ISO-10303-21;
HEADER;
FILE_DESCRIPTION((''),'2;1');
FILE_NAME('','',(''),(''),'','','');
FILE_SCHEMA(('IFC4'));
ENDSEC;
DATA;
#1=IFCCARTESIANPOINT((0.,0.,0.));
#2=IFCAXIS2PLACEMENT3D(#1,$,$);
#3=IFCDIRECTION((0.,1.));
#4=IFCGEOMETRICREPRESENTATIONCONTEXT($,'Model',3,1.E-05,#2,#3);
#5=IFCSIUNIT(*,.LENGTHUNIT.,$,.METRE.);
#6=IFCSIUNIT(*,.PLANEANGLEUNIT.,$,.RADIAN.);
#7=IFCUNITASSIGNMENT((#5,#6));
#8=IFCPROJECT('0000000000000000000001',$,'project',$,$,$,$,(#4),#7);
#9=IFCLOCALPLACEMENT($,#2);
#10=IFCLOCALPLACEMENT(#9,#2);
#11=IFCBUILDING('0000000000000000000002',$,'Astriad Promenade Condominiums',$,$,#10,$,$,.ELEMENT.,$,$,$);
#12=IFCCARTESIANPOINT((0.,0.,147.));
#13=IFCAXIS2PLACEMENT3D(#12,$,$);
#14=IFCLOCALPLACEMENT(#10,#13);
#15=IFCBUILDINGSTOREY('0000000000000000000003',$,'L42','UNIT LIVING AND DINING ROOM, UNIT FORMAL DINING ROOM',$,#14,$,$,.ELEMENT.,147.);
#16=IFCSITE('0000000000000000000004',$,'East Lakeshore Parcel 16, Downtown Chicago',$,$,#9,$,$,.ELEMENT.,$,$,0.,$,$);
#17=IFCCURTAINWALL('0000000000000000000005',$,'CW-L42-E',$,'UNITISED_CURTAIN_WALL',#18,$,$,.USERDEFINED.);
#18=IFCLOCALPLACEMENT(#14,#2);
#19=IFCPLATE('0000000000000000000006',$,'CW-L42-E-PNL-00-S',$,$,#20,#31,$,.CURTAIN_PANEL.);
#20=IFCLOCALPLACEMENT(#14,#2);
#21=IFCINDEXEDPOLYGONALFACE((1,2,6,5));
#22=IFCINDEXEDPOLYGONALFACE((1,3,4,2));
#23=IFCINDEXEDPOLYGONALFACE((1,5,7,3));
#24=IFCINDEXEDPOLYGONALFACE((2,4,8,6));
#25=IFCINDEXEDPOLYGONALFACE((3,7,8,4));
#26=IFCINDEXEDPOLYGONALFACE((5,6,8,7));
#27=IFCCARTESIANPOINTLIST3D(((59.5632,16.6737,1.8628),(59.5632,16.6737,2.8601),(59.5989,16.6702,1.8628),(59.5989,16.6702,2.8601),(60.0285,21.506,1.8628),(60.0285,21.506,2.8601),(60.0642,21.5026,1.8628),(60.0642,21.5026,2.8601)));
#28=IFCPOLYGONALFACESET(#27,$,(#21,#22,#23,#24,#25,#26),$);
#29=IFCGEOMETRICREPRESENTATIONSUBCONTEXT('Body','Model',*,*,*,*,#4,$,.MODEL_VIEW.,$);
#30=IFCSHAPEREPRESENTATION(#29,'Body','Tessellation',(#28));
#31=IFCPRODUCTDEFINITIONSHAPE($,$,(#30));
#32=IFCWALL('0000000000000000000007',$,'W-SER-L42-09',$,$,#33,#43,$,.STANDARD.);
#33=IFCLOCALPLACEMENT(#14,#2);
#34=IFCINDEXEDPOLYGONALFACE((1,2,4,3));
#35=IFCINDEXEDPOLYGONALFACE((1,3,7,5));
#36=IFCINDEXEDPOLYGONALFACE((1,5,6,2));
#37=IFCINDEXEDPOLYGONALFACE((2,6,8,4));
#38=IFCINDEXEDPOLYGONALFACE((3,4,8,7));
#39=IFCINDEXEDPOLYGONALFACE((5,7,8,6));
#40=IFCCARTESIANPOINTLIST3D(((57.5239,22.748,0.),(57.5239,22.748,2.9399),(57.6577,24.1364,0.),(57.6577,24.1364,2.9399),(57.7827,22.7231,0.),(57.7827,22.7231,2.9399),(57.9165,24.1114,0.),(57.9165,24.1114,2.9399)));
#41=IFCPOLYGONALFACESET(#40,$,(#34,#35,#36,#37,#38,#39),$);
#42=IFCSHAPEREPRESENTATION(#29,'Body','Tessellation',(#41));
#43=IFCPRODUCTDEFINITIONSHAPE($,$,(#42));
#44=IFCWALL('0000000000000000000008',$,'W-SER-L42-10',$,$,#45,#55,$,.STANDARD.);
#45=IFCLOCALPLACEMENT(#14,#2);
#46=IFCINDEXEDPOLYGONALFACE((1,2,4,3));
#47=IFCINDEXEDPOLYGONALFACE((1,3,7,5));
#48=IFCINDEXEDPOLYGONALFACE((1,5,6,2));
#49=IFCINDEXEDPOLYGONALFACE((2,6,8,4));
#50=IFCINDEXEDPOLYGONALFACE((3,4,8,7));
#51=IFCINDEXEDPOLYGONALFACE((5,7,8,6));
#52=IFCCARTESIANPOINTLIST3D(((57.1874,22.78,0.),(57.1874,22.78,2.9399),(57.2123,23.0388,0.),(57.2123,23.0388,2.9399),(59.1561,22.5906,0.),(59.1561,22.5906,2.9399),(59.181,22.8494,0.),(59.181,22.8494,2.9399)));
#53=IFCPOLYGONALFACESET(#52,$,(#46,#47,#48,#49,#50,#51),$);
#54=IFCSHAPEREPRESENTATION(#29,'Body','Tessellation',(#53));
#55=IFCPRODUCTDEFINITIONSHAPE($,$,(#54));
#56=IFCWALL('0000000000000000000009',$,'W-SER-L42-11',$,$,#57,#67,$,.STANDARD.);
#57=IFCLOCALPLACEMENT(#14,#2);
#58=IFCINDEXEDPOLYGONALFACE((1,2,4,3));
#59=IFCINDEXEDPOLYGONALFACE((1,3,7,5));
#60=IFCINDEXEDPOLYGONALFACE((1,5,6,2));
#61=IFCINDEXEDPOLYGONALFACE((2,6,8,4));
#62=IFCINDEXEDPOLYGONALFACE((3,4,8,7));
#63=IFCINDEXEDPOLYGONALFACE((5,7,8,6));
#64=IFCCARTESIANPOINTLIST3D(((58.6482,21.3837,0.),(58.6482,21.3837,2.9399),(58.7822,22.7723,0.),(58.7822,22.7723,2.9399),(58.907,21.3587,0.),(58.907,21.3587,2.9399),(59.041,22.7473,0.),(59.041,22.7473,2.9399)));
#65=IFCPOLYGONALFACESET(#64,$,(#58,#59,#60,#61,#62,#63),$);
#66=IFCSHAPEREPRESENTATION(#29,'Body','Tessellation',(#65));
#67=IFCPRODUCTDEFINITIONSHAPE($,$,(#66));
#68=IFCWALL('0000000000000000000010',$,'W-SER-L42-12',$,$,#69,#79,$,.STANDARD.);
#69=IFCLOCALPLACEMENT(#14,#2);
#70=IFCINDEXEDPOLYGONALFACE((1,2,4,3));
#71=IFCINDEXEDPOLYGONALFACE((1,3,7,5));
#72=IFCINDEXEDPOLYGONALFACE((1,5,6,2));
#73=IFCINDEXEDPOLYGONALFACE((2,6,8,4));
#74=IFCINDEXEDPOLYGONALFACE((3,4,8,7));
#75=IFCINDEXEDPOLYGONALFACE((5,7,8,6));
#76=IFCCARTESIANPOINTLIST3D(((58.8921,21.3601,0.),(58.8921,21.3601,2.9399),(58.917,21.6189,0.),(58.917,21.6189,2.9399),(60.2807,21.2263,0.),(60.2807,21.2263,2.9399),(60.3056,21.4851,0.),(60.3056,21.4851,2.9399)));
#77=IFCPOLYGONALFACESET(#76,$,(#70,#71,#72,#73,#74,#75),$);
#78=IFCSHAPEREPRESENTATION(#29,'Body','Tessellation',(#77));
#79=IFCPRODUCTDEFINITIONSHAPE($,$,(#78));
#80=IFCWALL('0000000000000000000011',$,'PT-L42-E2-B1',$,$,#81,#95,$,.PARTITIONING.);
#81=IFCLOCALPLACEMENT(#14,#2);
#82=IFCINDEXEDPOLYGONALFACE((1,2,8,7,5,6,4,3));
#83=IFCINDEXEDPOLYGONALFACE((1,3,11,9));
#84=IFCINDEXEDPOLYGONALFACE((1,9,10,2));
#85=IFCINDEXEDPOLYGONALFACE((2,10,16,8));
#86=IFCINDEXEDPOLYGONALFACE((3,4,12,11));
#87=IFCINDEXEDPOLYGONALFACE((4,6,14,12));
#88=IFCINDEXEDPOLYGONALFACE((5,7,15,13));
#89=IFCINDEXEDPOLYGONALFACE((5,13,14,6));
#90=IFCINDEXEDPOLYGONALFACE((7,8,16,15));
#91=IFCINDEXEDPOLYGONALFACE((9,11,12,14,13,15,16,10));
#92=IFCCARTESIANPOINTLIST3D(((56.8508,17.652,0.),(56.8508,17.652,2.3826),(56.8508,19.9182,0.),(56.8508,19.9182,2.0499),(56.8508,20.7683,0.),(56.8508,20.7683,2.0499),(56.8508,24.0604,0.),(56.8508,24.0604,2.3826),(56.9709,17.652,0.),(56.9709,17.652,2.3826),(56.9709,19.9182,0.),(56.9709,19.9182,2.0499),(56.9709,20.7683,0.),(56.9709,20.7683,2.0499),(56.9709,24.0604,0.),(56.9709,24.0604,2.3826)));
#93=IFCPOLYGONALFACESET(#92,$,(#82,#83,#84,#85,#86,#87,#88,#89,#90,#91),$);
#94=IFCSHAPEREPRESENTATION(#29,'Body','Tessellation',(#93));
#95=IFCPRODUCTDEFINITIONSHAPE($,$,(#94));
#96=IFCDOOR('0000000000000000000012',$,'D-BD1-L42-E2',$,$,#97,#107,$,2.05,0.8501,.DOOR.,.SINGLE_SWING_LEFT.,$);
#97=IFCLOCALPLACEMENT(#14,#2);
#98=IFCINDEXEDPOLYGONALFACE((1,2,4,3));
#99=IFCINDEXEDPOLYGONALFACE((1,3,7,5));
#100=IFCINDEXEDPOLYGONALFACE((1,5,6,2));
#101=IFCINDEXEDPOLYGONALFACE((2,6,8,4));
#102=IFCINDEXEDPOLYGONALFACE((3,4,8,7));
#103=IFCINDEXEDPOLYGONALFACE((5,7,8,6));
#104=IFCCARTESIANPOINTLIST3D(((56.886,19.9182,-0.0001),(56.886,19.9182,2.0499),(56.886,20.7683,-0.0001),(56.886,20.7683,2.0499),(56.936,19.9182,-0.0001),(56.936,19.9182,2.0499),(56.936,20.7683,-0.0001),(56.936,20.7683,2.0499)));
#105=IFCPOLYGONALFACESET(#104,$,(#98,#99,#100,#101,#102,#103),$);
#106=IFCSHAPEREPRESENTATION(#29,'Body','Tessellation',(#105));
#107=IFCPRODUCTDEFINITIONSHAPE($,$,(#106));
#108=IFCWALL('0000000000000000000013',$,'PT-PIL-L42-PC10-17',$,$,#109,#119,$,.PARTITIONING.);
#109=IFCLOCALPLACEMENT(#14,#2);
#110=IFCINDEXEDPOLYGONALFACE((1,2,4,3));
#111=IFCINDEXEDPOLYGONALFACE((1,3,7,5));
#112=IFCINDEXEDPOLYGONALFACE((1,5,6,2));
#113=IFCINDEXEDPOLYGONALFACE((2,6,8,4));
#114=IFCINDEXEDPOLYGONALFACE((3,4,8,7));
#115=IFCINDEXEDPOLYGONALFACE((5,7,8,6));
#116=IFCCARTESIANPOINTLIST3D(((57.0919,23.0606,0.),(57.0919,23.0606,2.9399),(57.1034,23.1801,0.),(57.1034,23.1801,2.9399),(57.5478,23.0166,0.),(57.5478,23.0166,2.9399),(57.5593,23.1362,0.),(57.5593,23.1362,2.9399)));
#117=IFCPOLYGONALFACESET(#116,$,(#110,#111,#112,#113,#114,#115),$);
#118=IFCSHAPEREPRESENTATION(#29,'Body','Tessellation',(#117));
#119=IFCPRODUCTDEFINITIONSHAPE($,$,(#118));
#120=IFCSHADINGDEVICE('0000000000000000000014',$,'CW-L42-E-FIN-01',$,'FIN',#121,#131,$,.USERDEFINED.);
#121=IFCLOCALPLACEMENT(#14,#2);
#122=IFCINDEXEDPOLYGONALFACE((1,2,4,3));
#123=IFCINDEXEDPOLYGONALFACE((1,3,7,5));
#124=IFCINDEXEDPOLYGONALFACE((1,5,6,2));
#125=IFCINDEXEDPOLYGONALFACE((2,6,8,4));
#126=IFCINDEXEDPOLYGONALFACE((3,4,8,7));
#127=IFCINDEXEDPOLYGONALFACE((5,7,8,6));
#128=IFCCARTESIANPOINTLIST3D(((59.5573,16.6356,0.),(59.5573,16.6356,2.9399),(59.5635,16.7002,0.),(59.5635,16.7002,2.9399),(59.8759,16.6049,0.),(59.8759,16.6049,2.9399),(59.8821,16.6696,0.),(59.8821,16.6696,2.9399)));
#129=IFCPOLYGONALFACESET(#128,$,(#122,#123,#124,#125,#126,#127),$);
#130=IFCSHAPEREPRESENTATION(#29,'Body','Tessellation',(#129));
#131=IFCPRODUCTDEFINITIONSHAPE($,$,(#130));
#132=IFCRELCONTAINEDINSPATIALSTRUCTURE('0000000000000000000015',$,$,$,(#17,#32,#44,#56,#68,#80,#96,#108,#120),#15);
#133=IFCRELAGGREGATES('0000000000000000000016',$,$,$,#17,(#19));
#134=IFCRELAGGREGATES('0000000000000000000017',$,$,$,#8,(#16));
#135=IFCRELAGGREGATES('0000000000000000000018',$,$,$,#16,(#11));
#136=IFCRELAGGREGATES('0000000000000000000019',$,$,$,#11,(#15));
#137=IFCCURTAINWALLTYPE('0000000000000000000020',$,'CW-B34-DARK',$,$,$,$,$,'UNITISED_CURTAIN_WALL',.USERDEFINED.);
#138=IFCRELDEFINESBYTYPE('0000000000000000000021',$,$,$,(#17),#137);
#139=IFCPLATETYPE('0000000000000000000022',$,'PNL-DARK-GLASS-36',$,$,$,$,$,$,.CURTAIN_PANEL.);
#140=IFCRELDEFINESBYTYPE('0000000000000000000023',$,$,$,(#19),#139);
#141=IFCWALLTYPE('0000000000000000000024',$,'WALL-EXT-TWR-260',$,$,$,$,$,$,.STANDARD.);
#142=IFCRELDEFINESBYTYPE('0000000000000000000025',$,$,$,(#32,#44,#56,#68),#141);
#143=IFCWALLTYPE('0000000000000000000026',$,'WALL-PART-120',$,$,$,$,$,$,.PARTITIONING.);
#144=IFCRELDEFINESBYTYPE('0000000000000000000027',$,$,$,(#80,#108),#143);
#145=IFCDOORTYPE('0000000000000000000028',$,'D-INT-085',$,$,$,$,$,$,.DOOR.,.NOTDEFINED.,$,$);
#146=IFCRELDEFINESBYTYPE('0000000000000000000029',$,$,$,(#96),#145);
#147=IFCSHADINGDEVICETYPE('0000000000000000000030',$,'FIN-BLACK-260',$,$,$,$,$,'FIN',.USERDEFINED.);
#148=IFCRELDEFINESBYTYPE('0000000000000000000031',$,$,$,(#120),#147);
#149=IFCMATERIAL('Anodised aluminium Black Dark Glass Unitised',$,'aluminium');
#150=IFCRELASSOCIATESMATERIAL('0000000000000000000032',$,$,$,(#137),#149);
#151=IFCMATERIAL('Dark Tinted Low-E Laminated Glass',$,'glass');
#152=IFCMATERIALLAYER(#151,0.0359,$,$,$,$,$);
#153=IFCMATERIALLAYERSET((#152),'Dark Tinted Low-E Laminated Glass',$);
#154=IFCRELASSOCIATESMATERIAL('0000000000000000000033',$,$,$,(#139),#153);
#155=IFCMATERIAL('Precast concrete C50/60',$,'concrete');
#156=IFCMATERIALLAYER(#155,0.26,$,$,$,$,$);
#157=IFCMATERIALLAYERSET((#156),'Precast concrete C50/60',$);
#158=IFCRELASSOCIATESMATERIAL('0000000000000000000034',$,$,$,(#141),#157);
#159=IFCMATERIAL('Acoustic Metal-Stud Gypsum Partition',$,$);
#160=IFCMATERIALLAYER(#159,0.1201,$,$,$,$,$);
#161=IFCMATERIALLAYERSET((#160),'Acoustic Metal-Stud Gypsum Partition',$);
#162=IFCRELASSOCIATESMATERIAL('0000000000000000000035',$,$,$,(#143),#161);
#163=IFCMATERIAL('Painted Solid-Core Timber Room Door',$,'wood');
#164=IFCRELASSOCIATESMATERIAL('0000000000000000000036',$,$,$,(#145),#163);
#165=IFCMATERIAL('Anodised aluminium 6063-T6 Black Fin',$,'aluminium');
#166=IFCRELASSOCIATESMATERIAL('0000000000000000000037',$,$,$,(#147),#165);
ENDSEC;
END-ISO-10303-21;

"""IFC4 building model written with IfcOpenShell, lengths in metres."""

from ifc_helpers import new_model, si_unit, direction, frame, frame_2d, origin, origin_2d, place, context, subcontext, project, spatial, rectangle, extrude, source, transform, mapped, material, layer, layer_set, type_object, type_shapes, element, fill, aggregate, save


model = new_model("IFC4")

# Units and contexts
model_context = context("Model", 3, precision=1e-05, world=origin(), true_north=direction((0.0, 1.0)))
body_context = subcontext(model_context, "Body", "Model", "MODEL_VIEW")
ifc_project = project(units=[si_unit("LENGTHUNIT", "METRE"), si_unit("PLANEANGLEUNIT", "RADIAN")], contexts=[model_context])

# Site, building, storey
site_placement = place(None, origin())
site = spatial("IfcSite", under=ifc_project, at=site_placement, Name="East Lakeshore Parcel 16, Downtown Chicago", CompositionType="ELEMENT", RefElevation=0.0)
building_placement = place(site_placement, origin())
building = spatial("IfcBuilding", under=site, at=building_placement, Name="Astriad Promenade Condominiums", CompositionType="ELEMENT")
storey_placement = place(building_placement, frame((0.0, 0.0, 147.0)))
storey = spatial("IfcBuildingStorey", under=building, at=storey_placement, Name="L42", Description="UNIT LIVING AND DINING ROOM, UNIT FORMAL DINING ROOM", CompositionType="ELEMENT", Elevation=147.0)

# Curtain wall, plate
ifc_material_1 = material(Name="Anodised aluminium Black Dark Glass Unitised", Category="aluminium")
curtain_wall_type = type_object("IfcCurtainWallType", Name="CW-B34-DARK", ElementType="UNITISED_CURTAIN_WALL", PredefinedType="USERDEFINED", material=ifc_material_1)
curtain_wall_placement = place(storey_placement, origin())
curtain_wall = element("IfcCurtainWall", 1, at=curtain_wall_placement, inside=storey, type_object=curtain_wall_type, Name="CW-L42-E", ObjectType="UNITISED_CURTAIN_WALL", PredefinedType="USERDEFINED")
ifc_material_2 = material(Name="Dark Tinted Low-E Laminated Glass", Category="glass")
ifc_layer_1 = layer(ifc_material_2, 0.0359)
ifc_layer_set_1 = layer_set([ifc_layer_1], Name="Dark Tinted Low-E Laminated Glass")
plate_type = type_object("IfcPlateType", Name="PNL-DARK-GLASS-36", PredefinedType="CURTAIN_PANEL", material=ifc_layer_set_1)
shared_shape_1 = source(origin(), body_context, "Body", "SweptSolid", [
    extrude(rectangle(XDim=4.8547, YDim=0.0359, at=origin_2d()), origin(), (0.0, 0.0, 1.0), 0.9973),
])
plate_1_placement = place(storey_placement, frame((59.8137, 19.0881, 1.8628), z_axis=(0.0, 0.0, 1.0), x_axis=(-0.095846, -0.995396, 0.0)))
plate_1 = element("IfcPlate", 2, at=plate_1_placement, type_object=plate_type, Name="CW-L42-E-PNL-00-S", PredefinedType="CURTAIN_PANEL", context=body_context, shape_type="MappedRepresentation", body=[
    mapped(shared_shape_1, transform((0.0, 0.0, 0.0), scale=1.0)),
])
aggregate(curtain_wall, [plate_1])

# Walls
ifc_material_3 = material(Name="Precast concrete C50/60", Category="concrete")
ifc_layer_2 = layer(ifc_material_3, 0.26)
ifc_layer_set_2 = layer_set([ifc_layer_2], Name="Precast concrete C50/60")
wall_type_1 = type_object("IfcWallType", Name="WALL-EXT-TWR-260", PredefinedType="STANDARD", material=ifc_layer_set_2)
wall_1_placement = place(storey_placement, frame((57.7871, 24.1238, 0.0), z_axis=(0.0, 0.0, 1.0), x_axis=(-0.095916, -0.995389, 0.0)))
element("IfcWall", 3, at=wall_1_placement, inside=storey, type_object=wall_type_1, Name="W-SER-L42-09", PredefinedType="STANDARD", context=body_context, shape_type="SweptSolid", body=[
    extrude(rectangle(XDim=1.3948, YDim=0.26, at=frame_2d((0.6973, 0.0))), origin(), (0.0, 0.0, 1.0), 2.9399),
])
wall_2_placement = place(storey_placement, frame((57.2, 22.9094, 0.0), z_axis=(0.0, 0.0, 1.0), x_axis=(0.995402, -0.095788, 0.0)))
element("IfcWall", 4, at=wall_2_placement, inside=storey, type_object=wall_type_1, Name="W-SER-L42-10", PredefinedType="STANDARD", context=body_context, shape_type="SweptSolid", body=[
    extrude(rectangle(XDim=1.9778, YDim=0.26, at=frame_2d((0.9888, 0.0))), origin(), (0.0, 0.0, 1.0), 2.9399),
])
for number, where, z_axis, x_axis, name in (
    (5, (58.9116, 22.7598, 0.0), (0.0, 0.0, 1.0), (-0.096073, -0.995374, 0.0), "W-SER-L42-11"),
    (6, (58.9045, 21.4895, 0.0), (0.0, 0.0, 1.0), (0.995391, -0.095899, 0.0), "W-SER-L42-12"),
):
    element("IfcWall", number, at=place(storey_placement, frame(where, z_axis=z_axis, x_axis=x_axis)), inside=storey, type_object=wall_type_1, Name=name, PredefinedType="STANDARD", context=body_context, shape_type="SweptSolid", body=[
        extrude(rectangle(XDim=1.395, YDim=0.26, at=frame_2d((0.6975, 0.0))), origin(), (0.0, 0.0, 1.0), 2.9399),
    ])

# Wall, opening, door
ifc_material_4 = material(Name="Acoustic Metal-Stud Gypsum Partition")
ifc_layer_3 = layer(ifc_material_4, 0.1201)
ifc_layer_set_3 = layer_set([ifc_layer_3], Name="Acoustic Metal-Stud Gypsum Partition")
wall_type_2 = type_object("IfcWallType", Name="WALL-PART-120", PredefinedType="PARTITIONING", material=ifc_layer_set_3)
wall_3_placement = place(storey_placement, frame((56.9109, 17.6521, 0.0), z_axis=(0.0, 0.0, 1.0), x_axis=(0.0, 1.0, 0.0)))
wall_3 = element("IfcWall", 7, at=wall_3_placement, inside=storey, type_object=wall_type_2, Name="PT-L42-E2-B1", PredefinedType="PARTITIONING", context=body_context, shape_type="SweptSolid", body=[
    extrude(rectangle(XDim=6.4084, YDim=0.1201, at=frame_2d((3.2041, 0.0))), origin(), (0.0, 0.0, 1.0), 2.3826),
])
opening_placement = place(wall_3_placement, frame((2.2661, 0.0, 0.0)))
opening = element("IfcOpeningElement", 8, at=opening_placement, cuts=wall_3, PredefinedType="OPENING", context=body_context, shape_type="SweptSolid", body=[
    extrude(rectangle(XDim=0.8501, YDim=2.05, at=frame_2d((0.425, 1.0249))), frame((0.0, 0.0701, 0.0), z_axis=(0.0, -1.0, 0.0), x_axis=(1.0, 0.0, 0.0)), (0.0, 0.0, 1.0), 0.1401),
])
ifc_material_5 = material(Name="Painted Solid-Core Timber Room Door", Category="wood")
door_type = type_object("IfcDoorType", Name="D-INT-085", OperationType="NOTDEFINED", PredefinedType="DOOR", material=ifc_material_5)
shared_shape_2 = source(origin(), body_context, "Body", "SweptSolid", [
    extrude(rectangle(XDim=0.8501, YDim=2.05, at=frame_2d((0.425, 1.0249))), frame((0.0, 0.0249, 0.0), z_axis=(0.0, -1.0, 0.0), x_axis=(1.0, 0.0, 0.0)), (0.0, 0.0, 1.0), 0.05),
])
type_shapes(door_type, [shared_shape_2])
door_placement = place(opening_placement, origin())
door = element("IfcDoor", 9, at=door_placement, inside=storey, type_object=door_type, Name="D-BD1-L42-E2", OperationType="SINGLE_SWING_LEFT", OverallHeight=2.05, OverallWidth=0.8501, PredefinedType="DOOR", context=body_context, shape_type="MappedRepresentation", body=[
    mapped(shared_shape_2, transform((0.0, 0.0, 0.0), scale=1.0)),
])
fill(opening, door)

# Wall
wall_4_placement = place(storey_placement, frame((57.0977, 23.1204, 0.0), z_axis=(0.0, 0.0, 1.0), x_axis=(0.995385, -0.095966, 0.0)))
element("IfcWall", 10, at=wall_4_placement, inside=storey, type_object=wall_type_2, Name="PT-PIL-L42-PC10-17", PredefinedType="PARTITIONING", context=body_context, shape_type="SweptSolid", body=[
    extrude(rectangle(XDim=0.458, YDim=0.1201, at=frame_2d((0.229, 0.0))), origin(), (0.0, 0.0, 1.0), 2.9399),
])

# Shading device
ifc_material_6 = material(Name="Anodised aluminium 6063-T6 Black Fin", Category="aluminium")
shading_device_type = type_object("IfcShadingDeviceType", Name="FIN-BLACK-260", ElementType="FIN", PredefinedType="USERDEFINED", material=ifc_material_6)
shared_shape_3 = source(origin(), body_context, "Body", "SweptSolid", [
    extrude(rectangle(XDim=0.0649, YDim=0.3201, at=origin_2d()), origin(), (0.0, 0.0, 1.0), 2.9399),
])
type_shapes(shading_device_type, [shared_shape_3])
shading_device_placement = place(storey_placement, frame((59.7197, 16.6526, 0.0), z_axis=(0.0, 0.0, 1.0), x_axis=(-0.095846, -0.995396, 0.0)))
element("IfcShadingDevice", 11, at=shading_device_placement, inside=storey, type_object=shading_device_type, Name="CW-L42-E-FIN-01", ObjectType="FIN", PredefinedType="USERDEFINED", context=body_context, shape_type="MappedRepresentation", body=[
    mapped(shared_shape_3, transform((0.0, 0.0, 0.0), scale=1.0)),
])

save(model, "model.ifc")
